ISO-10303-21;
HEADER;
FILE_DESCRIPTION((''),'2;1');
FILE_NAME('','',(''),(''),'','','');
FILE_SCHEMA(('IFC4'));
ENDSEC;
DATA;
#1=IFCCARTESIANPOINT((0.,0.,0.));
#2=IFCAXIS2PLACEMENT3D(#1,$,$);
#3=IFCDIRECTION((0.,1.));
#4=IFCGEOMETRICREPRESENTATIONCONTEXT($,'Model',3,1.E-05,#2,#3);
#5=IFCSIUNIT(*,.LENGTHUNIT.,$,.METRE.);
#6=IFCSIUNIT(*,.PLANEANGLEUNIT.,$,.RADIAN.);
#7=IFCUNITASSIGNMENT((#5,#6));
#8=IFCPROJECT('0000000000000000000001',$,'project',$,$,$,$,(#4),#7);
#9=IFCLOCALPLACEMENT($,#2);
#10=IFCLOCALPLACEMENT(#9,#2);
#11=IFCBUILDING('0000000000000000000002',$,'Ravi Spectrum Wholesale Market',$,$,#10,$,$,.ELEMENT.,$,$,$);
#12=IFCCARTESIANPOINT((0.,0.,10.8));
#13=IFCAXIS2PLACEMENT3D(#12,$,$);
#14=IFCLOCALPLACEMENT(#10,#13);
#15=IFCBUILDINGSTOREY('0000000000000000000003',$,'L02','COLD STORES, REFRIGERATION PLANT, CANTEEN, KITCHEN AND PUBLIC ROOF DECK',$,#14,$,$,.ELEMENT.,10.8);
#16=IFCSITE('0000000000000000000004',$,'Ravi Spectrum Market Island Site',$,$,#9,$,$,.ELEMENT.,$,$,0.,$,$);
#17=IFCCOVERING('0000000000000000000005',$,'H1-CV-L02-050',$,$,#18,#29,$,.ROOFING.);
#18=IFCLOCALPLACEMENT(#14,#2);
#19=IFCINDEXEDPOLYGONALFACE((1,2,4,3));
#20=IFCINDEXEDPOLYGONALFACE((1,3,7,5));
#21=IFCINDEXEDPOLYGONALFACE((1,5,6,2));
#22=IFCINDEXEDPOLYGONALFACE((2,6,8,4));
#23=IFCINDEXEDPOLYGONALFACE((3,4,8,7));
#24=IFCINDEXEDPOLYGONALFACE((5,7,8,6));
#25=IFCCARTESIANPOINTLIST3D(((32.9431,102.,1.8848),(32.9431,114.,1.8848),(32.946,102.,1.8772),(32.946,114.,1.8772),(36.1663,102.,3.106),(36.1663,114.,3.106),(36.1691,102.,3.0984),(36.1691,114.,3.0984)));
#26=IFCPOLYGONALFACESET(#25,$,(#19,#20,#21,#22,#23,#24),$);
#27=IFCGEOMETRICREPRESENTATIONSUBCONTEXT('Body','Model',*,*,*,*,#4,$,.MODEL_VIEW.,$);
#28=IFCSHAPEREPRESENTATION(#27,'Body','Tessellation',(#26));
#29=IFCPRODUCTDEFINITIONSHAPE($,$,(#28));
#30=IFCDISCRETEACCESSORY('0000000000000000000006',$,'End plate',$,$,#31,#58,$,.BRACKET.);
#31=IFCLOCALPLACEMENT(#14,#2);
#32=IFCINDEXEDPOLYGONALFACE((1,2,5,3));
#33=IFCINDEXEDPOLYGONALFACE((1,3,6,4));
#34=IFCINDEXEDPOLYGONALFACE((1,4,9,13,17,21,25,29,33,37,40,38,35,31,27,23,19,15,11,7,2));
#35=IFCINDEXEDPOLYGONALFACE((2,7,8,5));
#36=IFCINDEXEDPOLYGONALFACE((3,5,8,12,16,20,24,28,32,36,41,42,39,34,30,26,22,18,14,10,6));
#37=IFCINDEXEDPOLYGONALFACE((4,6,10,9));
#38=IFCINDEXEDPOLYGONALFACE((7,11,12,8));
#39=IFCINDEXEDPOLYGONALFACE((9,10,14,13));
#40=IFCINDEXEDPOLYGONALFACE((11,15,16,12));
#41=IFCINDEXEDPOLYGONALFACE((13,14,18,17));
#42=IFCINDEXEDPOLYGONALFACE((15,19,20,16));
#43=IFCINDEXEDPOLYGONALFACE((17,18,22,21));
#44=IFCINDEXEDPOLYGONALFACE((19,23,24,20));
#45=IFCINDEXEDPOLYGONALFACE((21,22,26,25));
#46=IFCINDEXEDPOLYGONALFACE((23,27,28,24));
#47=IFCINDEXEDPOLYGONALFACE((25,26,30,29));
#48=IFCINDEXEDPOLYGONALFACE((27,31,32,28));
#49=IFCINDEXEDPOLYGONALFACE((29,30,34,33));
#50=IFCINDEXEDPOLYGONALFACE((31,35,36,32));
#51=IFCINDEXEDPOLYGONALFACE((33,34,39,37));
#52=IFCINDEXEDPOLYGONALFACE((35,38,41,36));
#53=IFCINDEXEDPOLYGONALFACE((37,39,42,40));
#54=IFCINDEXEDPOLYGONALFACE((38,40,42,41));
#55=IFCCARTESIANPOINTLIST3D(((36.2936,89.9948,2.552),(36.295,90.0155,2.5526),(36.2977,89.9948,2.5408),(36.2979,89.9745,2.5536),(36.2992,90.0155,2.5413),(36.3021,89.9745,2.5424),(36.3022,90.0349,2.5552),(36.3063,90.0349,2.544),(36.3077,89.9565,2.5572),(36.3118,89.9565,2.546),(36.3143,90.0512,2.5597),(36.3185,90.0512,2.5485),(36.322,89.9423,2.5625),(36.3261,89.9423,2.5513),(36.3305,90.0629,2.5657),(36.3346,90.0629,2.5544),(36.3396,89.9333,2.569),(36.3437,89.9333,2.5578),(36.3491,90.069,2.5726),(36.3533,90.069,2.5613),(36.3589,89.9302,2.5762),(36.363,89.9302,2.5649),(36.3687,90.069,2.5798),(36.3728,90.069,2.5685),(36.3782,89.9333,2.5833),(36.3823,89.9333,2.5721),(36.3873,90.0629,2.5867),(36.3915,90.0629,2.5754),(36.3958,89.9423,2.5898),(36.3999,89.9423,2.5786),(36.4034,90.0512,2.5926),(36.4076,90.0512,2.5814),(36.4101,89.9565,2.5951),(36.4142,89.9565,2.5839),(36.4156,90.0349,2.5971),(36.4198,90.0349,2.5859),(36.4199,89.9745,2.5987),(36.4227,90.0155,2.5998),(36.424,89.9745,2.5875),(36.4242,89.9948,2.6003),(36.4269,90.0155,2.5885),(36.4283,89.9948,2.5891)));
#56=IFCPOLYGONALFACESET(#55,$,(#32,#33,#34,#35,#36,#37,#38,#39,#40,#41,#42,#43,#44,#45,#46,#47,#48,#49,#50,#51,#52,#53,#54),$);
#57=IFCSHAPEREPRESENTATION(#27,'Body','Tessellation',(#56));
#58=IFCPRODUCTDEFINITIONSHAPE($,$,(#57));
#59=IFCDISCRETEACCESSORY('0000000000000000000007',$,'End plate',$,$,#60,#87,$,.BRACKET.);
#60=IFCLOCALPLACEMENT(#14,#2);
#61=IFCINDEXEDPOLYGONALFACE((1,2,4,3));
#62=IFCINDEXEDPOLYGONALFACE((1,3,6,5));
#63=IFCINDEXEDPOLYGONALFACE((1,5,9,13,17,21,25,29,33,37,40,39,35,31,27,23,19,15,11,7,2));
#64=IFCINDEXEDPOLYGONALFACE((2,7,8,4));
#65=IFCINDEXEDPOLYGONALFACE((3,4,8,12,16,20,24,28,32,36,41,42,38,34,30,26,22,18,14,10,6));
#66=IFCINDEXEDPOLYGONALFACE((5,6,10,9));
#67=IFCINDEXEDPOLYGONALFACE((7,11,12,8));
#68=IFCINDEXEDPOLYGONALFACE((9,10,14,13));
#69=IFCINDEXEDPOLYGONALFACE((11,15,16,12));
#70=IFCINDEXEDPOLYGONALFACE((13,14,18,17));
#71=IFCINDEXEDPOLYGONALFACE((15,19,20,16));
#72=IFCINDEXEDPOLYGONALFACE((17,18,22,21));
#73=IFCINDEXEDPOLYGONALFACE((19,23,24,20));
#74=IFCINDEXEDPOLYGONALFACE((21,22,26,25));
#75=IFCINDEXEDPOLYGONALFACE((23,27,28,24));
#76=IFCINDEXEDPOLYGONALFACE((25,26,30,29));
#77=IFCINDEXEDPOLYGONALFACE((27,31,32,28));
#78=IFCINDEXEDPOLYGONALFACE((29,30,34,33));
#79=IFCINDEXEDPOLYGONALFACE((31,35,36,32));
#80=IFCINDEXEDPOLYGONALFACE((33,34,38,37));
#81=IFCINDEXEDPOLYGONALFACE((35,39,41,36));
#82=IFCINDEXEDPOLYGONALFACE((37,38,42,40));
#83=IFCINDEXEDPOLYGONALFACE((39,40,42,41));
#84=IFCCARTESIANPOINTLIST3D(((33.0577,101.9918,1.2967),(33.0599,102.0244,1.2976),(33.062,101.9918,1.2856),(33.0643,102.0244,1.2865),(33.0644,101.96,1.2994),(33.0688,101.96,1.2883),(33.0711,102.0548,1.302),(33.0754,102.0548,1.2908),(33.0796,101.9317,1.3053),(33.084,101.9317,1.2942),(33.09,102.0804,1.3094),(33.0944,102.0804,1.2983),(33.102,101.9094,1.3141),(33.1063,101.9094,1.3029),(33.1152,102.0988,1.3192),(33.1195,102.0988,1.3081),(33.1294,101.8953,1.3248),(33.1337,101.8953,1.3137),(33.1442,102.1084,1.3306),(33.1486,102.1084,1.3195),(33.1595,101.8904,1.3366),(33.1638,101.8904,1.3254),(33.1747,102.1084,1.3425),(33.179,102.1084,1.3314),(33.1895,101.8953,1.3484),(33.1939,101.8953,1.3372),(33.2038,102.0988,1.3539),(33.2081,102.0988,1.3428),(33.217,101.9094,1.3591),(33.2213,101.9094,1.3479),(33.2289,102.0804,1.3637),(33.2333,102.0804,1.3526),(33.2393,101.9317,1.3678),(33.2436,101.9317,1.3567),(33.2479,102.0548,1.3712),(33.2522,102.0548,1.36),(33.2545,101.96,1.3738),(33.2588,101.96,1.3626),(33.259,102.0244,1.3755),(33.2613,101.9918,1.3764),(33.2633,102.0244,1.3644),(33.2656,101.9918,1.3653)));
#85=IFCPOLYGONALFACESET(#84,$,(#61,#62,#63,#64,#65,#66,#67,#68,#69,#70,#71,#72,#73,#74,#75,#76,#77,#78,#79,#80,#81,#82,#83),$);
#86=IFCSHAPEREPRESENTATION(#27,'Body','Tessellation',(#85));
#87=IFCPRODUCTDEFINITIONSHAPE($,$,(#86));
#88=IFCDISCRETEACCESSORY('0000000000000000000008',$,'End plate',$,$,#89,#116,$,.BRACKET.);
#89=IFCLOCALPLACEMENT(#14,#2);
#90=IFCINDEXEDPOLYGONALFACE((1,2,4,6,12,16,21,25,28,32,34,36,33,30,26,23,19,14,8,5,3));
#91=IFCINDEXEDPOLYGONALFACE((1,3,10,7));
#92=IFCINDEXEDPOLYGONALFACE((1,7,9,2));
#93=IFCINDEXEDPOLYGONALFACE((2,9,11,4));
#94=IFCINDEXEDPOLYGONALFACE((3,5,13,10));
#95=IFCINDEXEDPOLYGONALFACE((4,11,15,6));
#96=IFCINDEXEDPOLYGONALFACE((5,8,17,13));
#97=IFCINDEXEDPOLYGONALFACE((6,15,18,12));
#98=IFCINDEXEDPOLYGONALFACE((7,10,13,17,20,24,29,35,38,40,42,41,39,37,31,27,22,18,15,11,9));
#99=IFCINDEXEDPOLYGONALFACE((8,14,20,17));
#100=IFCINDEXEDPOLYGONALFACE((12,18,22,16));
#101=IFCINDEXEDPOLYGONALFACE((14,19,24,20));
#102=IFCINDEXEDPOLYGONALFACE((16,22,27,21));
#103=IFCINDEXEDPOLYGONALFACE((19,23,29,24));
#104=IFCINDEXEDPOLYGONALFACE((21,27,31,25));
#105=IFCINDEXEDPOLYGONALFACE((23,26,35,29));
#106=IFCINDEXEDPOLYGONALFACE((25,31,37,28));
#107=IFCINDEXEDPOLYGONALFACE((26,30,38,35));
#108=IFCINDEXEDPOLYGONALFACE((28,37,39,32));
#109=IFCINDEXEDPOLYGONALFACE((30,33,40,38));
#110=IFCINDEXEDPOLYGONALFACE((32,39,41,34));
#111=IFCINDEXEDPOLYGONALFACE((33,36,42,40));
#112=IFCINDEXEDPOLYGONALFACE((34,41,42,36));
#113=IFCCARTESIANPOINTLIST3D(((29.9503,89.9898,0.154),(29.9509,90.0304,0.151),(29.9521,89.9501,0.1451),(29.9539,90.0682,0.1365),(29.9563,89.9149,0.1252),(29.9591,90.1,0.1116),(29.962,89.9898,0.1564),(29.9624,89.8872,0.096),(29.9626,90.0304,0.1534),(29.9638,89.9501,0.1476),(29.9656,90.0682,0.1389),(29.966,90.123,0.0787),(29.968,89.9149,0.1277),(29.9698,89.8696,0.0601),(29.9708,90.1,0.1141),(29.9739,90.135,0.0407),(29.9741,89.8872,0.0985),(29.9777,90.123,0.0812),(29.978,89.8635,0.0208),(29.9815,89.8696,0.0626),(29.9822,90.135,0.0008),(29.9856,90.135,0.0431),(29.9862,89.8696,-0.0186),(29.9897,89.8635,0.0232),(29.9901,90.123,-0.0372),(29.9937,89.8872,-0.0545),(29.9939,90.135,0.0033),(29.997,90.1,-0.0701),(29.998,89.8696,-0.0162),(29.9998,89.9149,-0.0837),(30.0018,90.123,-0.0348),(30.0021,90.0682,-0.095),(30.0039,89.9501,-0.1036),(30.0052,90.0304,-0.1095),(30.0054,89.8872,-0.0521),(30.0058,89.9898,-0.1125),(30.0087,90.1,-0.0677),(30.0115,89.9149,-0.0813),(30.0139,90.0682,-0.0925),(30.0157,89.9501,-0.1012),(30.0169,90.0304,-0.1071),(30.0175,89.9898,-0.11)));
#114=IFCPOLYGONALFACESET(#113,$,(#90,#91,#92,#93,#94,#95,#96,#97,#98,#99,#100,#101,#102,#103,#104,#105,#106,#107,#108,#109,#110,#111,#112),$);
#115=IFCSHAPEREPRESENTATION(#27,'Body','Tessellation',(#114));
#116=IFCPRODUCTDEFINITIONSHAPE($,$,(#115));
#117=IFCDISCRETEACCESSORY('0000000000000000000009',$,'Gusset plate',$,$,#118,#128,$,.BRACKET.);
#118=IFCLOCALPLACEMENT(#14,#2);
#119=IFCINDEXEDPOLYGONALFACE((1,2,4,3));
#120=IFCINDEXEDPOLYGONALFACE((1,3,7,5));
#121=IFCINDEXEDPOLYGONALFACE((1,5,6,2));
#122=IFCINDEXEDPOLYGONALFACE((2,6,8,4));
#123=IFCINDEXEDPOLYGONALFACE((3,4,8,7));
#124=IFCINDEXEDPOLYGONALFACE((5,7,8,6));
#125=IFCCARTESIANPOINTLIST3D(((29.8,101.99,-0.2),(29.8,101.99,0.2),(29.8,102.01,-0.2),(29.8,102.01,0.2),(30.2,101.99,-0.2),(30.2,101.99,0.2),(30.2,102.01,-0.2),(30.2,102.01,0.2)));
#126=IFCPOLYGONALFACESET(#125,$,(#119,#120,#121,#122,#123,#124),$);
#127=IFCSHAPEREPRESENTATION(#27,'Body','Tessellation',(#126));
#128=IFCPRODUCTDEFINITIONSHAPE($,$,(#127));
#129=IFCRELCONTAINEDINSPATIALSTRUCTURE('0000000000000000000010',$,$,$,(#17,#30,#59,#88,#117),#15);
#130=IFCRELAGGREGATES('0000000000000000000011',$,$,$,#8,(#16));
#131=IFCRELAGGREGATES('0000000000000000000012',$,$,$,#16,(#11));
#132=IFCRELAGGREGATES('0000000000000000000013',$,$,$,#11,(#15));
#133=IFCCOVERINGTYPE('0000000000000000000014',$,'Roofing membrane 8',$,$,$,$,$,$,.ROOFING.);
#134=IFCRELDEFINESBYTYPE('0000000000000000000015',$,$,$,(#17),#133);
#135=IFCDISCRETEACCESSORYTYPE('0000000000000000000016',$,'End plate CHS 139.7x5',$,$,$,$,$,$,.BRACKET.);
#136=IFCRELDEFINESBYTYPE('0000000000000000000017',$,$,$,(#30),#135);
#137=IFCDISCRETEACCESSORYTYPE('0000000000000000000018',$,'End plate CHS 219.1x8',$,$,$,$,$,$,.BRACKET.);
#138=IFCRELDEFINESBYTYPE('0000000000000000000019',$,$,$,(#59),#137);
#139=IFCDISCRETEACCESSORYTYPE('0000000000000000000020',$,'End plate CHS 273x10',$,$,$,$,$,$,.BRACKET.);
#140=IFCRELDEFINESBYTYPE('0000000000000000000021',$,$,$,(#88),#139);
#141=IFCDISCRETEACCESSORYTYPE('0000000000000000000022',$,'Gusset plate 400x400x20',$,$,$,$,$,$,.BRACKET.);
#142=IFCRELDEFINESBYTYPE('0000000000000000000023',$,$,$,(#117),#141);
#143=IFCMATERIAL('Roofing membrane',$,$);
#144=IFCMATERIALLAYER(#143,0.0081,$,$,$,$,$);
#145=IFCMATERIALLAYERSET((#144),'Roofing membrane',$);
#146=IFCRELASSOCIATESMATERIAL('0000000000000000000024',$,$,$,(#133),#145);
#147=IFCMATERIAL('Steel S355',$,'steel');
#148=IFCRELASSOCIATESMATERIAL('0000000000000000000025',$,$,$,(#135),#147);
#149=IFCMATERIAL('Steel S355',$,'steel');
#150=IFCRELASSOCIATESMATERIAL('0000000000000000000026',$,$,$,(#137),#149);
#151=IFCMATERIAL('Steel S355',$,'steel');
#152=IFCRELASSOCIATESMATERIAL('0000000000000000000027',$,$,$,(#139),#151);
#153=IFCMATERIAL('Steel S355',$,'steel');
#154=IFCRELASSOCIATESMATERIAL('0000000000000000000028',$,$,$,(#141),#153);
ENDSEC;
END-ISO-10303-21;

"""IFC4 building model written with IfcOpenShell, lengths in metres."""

from ifc_helpers import new_model, si_unit, direction, frame, origin, origin_2d, place, context, subcontext, project, spatial, polyline, rectangle, circle, outline, extrude, material, layer, layer_set, material_profile, profile_set, type_object, element, save


model = new_model("IFC4")

# Units and contexts
model_context = context("Model", 3, precision=1e-05, world=origin(), true_north=direction((0.0, 1.0)))
body_context = subcontext(model_context, "Body", "Model", "MODEL_VIEW")
ifc_project = project(units=[si_unit("LENGTHUNIT", "METRE"), si_unit("PLANEANGLEUNIT", "RADIAN")], contexts=[model_context])

# Site, building, storey
site_placement = place(None, origin())
site = spatial("IfcSite", under=ifc_project, at=site_placement, Name="Ravi Spectrum Market Island Site", CompositionType="ELEMENT", RefElevation=0.0)
building_placement = place(site_placement, origin())
building = spatial("IfcBuilding", under=site, at=building_placement, Name="Ravi Spectrum Wholesale Market", CompositionType="ELEMENT")
storey_placement = place(building_placement, frame((0.0, 0.0, 10.8)))
storey = spatial("IfcBuildingStorey", under=building, at=storey_placement, Name="L02", Description="COLD STORES, REFRIGERATION PLANT, CANTEEN, KITCHEN AND PUBLIC ROOF DECK", CompositionType="ELEMENT", Elevation=10.8)

# Covering
ifc_material_1 = material(Name="Roofing membrane")
ifc_layer_1 = layer(ifc_material_1, 0.0081)
ifc_layer_set_1 = layer_set([ifc_layer_1], Name="Roofing membrane")
covering_type = type_object("IfcCoveringType", Name="Roofing membrane 8", PredefinedType="ROOFING", material=ifc_layer_set_1)
covering_1_placement = place(storey_placement, frame((32.9431, 102.0, 1.8848), z_axis=(-0.354304, 0.0, 0.93513), x_axis=(0.93513, 0.0, 0.354304)))
element("IfcCovering", 1, at=covering_1_placement, inside=storey, type_object=covering_type, Name="H1-CV-L02-050", PredefinedType="ROOFING", context=body_context, shape_type="SweptSolid", body=[
    extrude(outline(polyline([(0.0, 0.0), (3.4467, 0.0), (3.4467, 12.0), (0.0, 12.0), (0.0, 0.0)])), origin(), (0.0, 0.0, -1.0), 0.0081),
])

# Discrete accessories
ifc_material_2 = material(Name="Steel S355", Category="steel")
ifc_material_profile_1 = material_profile(ifc_material_2, circle(Radius=0.0698, at=origin_2d()))
ifc_profile_set_1 = profile_set([ifc_material_profile_1], Name="Steel S355")
discrete_accessory_type_1 = type_object("IfcDiscreteAccessoryType", Name="End plate CHS 139.7x5", PredefinedType="BRACKET", material=ifc_profile_set_1)
discrete_accessory_1_placement = place(storey_placement, frame((36.363, 90.0, 2.5649), z_axis=(-0.34665, 0.0, 0.937994), x_axis=(0.0, -1.0, 0.0)))
element("IfcDiscreteAccessory", 2, at=discrete_accessory_1_placement, inside=storey, type_object=discrete_accessory_type_1, Name="End plate", PredefinedType="BRACKET", context=body_context, shape_type="SweptSolid", body=[
    extrude(circle(Radius=0.0698, at=origin_2d()), origin(), (0.0, 0.0, 1.0), 0.012),
])
ifc_material_3 = material(Name="Steel S355", Category="steel")
ifc_material_profile_2 = material_profile(ifc_material_3, circle(Radius=0.1096, at=origin_2d()))
ifc_profile_set_2 = profile_set([ifc_material_profile_2], Name="Steel S355")
discrete_accessory_type_2 = type_object("IfcDiscreteAccessoryType", Name="End plate CHS 219.1x8", PredefinedType="BRACKET", material=ifc_profile_set_2)
discrete_accessory_2_placement = place(storey_placement, frame((33.1638, 102.0, 1.3254), z_axis=(-0.364399, 0.0, 0.931243), x_axis=(0.0, -1.0, 0.0)))
element("IfcDiscreteAccessory", 3, at=discrete_accessory_2_placement, inside=storey, type_object=discrete_accessory_type_2, Name="End plate", PredefinedType="BRACKET", context=body_context, shape_type="SweptSolid", body=[
    extrude(circle(Radius=0.1096, at=origin_2d()), origin(), (0.0, 0.0, 1.0), 0.012),
])
ifc_material_4 = material(Name="Steel S355", Category="steel")
ifc_material_profile_3 = material_profile(ifc_material_4, circle(Radius=0.1365, at=origin_2d()))
ifc_profile_set_3 = profile_set([ifc_material_profile_3], Name="Steel S355")
discrete_accessory_type_3 = type_object("IfcDiscreteAccessoryType", Name="End plate CHS 273x10", PredefinedType="BRACKET", material=ifc_profile_set_3)
discrete_accessory_3_placement = place(storey_placement, frame((29.9897, 90.0, 0.0232), z_axis=(-0.97898, 0.0, -0.203954), x_axis=(0.0, -1.0, 0.0)))
element("IfcDiscreteAccessory", 4, at=discrete_accessory_3_placement, inside=storey, type_object=discrete_accessory_type_3, Name="End plate", PredefinedType="BRACKET", context=body_context, shape_type="SweptSolid", body=[
    extrude(circle(Radius=0.1365, at=origin_2d()), origin(), (0.0, 0.0, 1.0), 0.012),
])
ifc_material_5 = material(Name="Steel S355", Category="steel")
ifc_material_profile_4 = material_profile(ifc_material_5, rectangle(XDim=0.3999, YDim=0.02, at=origin_2d()))
ifc_profile_set_4 = profile_set([ifc_material_profile_4], Name="Steel S355")
discrete_accessory_type_4 = type_object("IfcDiscreteAccessoryType", Name="Gusset plate 400x400x20", PredefinedType="BRACKET", material=ifc_profile_set_4)
discrete_accessory_4_placement = place(storey_placement, frame((30.0, 102.0, -0.2), z_axis=(0.0, 0.0, 1.0), x_axis=(1.0, 0.0, 0.0)))
element("IfcDiscreteAccessory", 5, at=discrete_accessory_4_placement, inside=storey, type_object=discrete_accessory_type_4, Name="Gusset plate", PredefinedType="BRACKET", context=body_context, shape_type="SweptSolid", body=[
    extrude(rectangle(XDim=0.3999, YDim=0.02, at=origin_2d()), origin(), (0.0, 0.0, 1.0), 0.3999),
])

save(model, "model.ifc")
